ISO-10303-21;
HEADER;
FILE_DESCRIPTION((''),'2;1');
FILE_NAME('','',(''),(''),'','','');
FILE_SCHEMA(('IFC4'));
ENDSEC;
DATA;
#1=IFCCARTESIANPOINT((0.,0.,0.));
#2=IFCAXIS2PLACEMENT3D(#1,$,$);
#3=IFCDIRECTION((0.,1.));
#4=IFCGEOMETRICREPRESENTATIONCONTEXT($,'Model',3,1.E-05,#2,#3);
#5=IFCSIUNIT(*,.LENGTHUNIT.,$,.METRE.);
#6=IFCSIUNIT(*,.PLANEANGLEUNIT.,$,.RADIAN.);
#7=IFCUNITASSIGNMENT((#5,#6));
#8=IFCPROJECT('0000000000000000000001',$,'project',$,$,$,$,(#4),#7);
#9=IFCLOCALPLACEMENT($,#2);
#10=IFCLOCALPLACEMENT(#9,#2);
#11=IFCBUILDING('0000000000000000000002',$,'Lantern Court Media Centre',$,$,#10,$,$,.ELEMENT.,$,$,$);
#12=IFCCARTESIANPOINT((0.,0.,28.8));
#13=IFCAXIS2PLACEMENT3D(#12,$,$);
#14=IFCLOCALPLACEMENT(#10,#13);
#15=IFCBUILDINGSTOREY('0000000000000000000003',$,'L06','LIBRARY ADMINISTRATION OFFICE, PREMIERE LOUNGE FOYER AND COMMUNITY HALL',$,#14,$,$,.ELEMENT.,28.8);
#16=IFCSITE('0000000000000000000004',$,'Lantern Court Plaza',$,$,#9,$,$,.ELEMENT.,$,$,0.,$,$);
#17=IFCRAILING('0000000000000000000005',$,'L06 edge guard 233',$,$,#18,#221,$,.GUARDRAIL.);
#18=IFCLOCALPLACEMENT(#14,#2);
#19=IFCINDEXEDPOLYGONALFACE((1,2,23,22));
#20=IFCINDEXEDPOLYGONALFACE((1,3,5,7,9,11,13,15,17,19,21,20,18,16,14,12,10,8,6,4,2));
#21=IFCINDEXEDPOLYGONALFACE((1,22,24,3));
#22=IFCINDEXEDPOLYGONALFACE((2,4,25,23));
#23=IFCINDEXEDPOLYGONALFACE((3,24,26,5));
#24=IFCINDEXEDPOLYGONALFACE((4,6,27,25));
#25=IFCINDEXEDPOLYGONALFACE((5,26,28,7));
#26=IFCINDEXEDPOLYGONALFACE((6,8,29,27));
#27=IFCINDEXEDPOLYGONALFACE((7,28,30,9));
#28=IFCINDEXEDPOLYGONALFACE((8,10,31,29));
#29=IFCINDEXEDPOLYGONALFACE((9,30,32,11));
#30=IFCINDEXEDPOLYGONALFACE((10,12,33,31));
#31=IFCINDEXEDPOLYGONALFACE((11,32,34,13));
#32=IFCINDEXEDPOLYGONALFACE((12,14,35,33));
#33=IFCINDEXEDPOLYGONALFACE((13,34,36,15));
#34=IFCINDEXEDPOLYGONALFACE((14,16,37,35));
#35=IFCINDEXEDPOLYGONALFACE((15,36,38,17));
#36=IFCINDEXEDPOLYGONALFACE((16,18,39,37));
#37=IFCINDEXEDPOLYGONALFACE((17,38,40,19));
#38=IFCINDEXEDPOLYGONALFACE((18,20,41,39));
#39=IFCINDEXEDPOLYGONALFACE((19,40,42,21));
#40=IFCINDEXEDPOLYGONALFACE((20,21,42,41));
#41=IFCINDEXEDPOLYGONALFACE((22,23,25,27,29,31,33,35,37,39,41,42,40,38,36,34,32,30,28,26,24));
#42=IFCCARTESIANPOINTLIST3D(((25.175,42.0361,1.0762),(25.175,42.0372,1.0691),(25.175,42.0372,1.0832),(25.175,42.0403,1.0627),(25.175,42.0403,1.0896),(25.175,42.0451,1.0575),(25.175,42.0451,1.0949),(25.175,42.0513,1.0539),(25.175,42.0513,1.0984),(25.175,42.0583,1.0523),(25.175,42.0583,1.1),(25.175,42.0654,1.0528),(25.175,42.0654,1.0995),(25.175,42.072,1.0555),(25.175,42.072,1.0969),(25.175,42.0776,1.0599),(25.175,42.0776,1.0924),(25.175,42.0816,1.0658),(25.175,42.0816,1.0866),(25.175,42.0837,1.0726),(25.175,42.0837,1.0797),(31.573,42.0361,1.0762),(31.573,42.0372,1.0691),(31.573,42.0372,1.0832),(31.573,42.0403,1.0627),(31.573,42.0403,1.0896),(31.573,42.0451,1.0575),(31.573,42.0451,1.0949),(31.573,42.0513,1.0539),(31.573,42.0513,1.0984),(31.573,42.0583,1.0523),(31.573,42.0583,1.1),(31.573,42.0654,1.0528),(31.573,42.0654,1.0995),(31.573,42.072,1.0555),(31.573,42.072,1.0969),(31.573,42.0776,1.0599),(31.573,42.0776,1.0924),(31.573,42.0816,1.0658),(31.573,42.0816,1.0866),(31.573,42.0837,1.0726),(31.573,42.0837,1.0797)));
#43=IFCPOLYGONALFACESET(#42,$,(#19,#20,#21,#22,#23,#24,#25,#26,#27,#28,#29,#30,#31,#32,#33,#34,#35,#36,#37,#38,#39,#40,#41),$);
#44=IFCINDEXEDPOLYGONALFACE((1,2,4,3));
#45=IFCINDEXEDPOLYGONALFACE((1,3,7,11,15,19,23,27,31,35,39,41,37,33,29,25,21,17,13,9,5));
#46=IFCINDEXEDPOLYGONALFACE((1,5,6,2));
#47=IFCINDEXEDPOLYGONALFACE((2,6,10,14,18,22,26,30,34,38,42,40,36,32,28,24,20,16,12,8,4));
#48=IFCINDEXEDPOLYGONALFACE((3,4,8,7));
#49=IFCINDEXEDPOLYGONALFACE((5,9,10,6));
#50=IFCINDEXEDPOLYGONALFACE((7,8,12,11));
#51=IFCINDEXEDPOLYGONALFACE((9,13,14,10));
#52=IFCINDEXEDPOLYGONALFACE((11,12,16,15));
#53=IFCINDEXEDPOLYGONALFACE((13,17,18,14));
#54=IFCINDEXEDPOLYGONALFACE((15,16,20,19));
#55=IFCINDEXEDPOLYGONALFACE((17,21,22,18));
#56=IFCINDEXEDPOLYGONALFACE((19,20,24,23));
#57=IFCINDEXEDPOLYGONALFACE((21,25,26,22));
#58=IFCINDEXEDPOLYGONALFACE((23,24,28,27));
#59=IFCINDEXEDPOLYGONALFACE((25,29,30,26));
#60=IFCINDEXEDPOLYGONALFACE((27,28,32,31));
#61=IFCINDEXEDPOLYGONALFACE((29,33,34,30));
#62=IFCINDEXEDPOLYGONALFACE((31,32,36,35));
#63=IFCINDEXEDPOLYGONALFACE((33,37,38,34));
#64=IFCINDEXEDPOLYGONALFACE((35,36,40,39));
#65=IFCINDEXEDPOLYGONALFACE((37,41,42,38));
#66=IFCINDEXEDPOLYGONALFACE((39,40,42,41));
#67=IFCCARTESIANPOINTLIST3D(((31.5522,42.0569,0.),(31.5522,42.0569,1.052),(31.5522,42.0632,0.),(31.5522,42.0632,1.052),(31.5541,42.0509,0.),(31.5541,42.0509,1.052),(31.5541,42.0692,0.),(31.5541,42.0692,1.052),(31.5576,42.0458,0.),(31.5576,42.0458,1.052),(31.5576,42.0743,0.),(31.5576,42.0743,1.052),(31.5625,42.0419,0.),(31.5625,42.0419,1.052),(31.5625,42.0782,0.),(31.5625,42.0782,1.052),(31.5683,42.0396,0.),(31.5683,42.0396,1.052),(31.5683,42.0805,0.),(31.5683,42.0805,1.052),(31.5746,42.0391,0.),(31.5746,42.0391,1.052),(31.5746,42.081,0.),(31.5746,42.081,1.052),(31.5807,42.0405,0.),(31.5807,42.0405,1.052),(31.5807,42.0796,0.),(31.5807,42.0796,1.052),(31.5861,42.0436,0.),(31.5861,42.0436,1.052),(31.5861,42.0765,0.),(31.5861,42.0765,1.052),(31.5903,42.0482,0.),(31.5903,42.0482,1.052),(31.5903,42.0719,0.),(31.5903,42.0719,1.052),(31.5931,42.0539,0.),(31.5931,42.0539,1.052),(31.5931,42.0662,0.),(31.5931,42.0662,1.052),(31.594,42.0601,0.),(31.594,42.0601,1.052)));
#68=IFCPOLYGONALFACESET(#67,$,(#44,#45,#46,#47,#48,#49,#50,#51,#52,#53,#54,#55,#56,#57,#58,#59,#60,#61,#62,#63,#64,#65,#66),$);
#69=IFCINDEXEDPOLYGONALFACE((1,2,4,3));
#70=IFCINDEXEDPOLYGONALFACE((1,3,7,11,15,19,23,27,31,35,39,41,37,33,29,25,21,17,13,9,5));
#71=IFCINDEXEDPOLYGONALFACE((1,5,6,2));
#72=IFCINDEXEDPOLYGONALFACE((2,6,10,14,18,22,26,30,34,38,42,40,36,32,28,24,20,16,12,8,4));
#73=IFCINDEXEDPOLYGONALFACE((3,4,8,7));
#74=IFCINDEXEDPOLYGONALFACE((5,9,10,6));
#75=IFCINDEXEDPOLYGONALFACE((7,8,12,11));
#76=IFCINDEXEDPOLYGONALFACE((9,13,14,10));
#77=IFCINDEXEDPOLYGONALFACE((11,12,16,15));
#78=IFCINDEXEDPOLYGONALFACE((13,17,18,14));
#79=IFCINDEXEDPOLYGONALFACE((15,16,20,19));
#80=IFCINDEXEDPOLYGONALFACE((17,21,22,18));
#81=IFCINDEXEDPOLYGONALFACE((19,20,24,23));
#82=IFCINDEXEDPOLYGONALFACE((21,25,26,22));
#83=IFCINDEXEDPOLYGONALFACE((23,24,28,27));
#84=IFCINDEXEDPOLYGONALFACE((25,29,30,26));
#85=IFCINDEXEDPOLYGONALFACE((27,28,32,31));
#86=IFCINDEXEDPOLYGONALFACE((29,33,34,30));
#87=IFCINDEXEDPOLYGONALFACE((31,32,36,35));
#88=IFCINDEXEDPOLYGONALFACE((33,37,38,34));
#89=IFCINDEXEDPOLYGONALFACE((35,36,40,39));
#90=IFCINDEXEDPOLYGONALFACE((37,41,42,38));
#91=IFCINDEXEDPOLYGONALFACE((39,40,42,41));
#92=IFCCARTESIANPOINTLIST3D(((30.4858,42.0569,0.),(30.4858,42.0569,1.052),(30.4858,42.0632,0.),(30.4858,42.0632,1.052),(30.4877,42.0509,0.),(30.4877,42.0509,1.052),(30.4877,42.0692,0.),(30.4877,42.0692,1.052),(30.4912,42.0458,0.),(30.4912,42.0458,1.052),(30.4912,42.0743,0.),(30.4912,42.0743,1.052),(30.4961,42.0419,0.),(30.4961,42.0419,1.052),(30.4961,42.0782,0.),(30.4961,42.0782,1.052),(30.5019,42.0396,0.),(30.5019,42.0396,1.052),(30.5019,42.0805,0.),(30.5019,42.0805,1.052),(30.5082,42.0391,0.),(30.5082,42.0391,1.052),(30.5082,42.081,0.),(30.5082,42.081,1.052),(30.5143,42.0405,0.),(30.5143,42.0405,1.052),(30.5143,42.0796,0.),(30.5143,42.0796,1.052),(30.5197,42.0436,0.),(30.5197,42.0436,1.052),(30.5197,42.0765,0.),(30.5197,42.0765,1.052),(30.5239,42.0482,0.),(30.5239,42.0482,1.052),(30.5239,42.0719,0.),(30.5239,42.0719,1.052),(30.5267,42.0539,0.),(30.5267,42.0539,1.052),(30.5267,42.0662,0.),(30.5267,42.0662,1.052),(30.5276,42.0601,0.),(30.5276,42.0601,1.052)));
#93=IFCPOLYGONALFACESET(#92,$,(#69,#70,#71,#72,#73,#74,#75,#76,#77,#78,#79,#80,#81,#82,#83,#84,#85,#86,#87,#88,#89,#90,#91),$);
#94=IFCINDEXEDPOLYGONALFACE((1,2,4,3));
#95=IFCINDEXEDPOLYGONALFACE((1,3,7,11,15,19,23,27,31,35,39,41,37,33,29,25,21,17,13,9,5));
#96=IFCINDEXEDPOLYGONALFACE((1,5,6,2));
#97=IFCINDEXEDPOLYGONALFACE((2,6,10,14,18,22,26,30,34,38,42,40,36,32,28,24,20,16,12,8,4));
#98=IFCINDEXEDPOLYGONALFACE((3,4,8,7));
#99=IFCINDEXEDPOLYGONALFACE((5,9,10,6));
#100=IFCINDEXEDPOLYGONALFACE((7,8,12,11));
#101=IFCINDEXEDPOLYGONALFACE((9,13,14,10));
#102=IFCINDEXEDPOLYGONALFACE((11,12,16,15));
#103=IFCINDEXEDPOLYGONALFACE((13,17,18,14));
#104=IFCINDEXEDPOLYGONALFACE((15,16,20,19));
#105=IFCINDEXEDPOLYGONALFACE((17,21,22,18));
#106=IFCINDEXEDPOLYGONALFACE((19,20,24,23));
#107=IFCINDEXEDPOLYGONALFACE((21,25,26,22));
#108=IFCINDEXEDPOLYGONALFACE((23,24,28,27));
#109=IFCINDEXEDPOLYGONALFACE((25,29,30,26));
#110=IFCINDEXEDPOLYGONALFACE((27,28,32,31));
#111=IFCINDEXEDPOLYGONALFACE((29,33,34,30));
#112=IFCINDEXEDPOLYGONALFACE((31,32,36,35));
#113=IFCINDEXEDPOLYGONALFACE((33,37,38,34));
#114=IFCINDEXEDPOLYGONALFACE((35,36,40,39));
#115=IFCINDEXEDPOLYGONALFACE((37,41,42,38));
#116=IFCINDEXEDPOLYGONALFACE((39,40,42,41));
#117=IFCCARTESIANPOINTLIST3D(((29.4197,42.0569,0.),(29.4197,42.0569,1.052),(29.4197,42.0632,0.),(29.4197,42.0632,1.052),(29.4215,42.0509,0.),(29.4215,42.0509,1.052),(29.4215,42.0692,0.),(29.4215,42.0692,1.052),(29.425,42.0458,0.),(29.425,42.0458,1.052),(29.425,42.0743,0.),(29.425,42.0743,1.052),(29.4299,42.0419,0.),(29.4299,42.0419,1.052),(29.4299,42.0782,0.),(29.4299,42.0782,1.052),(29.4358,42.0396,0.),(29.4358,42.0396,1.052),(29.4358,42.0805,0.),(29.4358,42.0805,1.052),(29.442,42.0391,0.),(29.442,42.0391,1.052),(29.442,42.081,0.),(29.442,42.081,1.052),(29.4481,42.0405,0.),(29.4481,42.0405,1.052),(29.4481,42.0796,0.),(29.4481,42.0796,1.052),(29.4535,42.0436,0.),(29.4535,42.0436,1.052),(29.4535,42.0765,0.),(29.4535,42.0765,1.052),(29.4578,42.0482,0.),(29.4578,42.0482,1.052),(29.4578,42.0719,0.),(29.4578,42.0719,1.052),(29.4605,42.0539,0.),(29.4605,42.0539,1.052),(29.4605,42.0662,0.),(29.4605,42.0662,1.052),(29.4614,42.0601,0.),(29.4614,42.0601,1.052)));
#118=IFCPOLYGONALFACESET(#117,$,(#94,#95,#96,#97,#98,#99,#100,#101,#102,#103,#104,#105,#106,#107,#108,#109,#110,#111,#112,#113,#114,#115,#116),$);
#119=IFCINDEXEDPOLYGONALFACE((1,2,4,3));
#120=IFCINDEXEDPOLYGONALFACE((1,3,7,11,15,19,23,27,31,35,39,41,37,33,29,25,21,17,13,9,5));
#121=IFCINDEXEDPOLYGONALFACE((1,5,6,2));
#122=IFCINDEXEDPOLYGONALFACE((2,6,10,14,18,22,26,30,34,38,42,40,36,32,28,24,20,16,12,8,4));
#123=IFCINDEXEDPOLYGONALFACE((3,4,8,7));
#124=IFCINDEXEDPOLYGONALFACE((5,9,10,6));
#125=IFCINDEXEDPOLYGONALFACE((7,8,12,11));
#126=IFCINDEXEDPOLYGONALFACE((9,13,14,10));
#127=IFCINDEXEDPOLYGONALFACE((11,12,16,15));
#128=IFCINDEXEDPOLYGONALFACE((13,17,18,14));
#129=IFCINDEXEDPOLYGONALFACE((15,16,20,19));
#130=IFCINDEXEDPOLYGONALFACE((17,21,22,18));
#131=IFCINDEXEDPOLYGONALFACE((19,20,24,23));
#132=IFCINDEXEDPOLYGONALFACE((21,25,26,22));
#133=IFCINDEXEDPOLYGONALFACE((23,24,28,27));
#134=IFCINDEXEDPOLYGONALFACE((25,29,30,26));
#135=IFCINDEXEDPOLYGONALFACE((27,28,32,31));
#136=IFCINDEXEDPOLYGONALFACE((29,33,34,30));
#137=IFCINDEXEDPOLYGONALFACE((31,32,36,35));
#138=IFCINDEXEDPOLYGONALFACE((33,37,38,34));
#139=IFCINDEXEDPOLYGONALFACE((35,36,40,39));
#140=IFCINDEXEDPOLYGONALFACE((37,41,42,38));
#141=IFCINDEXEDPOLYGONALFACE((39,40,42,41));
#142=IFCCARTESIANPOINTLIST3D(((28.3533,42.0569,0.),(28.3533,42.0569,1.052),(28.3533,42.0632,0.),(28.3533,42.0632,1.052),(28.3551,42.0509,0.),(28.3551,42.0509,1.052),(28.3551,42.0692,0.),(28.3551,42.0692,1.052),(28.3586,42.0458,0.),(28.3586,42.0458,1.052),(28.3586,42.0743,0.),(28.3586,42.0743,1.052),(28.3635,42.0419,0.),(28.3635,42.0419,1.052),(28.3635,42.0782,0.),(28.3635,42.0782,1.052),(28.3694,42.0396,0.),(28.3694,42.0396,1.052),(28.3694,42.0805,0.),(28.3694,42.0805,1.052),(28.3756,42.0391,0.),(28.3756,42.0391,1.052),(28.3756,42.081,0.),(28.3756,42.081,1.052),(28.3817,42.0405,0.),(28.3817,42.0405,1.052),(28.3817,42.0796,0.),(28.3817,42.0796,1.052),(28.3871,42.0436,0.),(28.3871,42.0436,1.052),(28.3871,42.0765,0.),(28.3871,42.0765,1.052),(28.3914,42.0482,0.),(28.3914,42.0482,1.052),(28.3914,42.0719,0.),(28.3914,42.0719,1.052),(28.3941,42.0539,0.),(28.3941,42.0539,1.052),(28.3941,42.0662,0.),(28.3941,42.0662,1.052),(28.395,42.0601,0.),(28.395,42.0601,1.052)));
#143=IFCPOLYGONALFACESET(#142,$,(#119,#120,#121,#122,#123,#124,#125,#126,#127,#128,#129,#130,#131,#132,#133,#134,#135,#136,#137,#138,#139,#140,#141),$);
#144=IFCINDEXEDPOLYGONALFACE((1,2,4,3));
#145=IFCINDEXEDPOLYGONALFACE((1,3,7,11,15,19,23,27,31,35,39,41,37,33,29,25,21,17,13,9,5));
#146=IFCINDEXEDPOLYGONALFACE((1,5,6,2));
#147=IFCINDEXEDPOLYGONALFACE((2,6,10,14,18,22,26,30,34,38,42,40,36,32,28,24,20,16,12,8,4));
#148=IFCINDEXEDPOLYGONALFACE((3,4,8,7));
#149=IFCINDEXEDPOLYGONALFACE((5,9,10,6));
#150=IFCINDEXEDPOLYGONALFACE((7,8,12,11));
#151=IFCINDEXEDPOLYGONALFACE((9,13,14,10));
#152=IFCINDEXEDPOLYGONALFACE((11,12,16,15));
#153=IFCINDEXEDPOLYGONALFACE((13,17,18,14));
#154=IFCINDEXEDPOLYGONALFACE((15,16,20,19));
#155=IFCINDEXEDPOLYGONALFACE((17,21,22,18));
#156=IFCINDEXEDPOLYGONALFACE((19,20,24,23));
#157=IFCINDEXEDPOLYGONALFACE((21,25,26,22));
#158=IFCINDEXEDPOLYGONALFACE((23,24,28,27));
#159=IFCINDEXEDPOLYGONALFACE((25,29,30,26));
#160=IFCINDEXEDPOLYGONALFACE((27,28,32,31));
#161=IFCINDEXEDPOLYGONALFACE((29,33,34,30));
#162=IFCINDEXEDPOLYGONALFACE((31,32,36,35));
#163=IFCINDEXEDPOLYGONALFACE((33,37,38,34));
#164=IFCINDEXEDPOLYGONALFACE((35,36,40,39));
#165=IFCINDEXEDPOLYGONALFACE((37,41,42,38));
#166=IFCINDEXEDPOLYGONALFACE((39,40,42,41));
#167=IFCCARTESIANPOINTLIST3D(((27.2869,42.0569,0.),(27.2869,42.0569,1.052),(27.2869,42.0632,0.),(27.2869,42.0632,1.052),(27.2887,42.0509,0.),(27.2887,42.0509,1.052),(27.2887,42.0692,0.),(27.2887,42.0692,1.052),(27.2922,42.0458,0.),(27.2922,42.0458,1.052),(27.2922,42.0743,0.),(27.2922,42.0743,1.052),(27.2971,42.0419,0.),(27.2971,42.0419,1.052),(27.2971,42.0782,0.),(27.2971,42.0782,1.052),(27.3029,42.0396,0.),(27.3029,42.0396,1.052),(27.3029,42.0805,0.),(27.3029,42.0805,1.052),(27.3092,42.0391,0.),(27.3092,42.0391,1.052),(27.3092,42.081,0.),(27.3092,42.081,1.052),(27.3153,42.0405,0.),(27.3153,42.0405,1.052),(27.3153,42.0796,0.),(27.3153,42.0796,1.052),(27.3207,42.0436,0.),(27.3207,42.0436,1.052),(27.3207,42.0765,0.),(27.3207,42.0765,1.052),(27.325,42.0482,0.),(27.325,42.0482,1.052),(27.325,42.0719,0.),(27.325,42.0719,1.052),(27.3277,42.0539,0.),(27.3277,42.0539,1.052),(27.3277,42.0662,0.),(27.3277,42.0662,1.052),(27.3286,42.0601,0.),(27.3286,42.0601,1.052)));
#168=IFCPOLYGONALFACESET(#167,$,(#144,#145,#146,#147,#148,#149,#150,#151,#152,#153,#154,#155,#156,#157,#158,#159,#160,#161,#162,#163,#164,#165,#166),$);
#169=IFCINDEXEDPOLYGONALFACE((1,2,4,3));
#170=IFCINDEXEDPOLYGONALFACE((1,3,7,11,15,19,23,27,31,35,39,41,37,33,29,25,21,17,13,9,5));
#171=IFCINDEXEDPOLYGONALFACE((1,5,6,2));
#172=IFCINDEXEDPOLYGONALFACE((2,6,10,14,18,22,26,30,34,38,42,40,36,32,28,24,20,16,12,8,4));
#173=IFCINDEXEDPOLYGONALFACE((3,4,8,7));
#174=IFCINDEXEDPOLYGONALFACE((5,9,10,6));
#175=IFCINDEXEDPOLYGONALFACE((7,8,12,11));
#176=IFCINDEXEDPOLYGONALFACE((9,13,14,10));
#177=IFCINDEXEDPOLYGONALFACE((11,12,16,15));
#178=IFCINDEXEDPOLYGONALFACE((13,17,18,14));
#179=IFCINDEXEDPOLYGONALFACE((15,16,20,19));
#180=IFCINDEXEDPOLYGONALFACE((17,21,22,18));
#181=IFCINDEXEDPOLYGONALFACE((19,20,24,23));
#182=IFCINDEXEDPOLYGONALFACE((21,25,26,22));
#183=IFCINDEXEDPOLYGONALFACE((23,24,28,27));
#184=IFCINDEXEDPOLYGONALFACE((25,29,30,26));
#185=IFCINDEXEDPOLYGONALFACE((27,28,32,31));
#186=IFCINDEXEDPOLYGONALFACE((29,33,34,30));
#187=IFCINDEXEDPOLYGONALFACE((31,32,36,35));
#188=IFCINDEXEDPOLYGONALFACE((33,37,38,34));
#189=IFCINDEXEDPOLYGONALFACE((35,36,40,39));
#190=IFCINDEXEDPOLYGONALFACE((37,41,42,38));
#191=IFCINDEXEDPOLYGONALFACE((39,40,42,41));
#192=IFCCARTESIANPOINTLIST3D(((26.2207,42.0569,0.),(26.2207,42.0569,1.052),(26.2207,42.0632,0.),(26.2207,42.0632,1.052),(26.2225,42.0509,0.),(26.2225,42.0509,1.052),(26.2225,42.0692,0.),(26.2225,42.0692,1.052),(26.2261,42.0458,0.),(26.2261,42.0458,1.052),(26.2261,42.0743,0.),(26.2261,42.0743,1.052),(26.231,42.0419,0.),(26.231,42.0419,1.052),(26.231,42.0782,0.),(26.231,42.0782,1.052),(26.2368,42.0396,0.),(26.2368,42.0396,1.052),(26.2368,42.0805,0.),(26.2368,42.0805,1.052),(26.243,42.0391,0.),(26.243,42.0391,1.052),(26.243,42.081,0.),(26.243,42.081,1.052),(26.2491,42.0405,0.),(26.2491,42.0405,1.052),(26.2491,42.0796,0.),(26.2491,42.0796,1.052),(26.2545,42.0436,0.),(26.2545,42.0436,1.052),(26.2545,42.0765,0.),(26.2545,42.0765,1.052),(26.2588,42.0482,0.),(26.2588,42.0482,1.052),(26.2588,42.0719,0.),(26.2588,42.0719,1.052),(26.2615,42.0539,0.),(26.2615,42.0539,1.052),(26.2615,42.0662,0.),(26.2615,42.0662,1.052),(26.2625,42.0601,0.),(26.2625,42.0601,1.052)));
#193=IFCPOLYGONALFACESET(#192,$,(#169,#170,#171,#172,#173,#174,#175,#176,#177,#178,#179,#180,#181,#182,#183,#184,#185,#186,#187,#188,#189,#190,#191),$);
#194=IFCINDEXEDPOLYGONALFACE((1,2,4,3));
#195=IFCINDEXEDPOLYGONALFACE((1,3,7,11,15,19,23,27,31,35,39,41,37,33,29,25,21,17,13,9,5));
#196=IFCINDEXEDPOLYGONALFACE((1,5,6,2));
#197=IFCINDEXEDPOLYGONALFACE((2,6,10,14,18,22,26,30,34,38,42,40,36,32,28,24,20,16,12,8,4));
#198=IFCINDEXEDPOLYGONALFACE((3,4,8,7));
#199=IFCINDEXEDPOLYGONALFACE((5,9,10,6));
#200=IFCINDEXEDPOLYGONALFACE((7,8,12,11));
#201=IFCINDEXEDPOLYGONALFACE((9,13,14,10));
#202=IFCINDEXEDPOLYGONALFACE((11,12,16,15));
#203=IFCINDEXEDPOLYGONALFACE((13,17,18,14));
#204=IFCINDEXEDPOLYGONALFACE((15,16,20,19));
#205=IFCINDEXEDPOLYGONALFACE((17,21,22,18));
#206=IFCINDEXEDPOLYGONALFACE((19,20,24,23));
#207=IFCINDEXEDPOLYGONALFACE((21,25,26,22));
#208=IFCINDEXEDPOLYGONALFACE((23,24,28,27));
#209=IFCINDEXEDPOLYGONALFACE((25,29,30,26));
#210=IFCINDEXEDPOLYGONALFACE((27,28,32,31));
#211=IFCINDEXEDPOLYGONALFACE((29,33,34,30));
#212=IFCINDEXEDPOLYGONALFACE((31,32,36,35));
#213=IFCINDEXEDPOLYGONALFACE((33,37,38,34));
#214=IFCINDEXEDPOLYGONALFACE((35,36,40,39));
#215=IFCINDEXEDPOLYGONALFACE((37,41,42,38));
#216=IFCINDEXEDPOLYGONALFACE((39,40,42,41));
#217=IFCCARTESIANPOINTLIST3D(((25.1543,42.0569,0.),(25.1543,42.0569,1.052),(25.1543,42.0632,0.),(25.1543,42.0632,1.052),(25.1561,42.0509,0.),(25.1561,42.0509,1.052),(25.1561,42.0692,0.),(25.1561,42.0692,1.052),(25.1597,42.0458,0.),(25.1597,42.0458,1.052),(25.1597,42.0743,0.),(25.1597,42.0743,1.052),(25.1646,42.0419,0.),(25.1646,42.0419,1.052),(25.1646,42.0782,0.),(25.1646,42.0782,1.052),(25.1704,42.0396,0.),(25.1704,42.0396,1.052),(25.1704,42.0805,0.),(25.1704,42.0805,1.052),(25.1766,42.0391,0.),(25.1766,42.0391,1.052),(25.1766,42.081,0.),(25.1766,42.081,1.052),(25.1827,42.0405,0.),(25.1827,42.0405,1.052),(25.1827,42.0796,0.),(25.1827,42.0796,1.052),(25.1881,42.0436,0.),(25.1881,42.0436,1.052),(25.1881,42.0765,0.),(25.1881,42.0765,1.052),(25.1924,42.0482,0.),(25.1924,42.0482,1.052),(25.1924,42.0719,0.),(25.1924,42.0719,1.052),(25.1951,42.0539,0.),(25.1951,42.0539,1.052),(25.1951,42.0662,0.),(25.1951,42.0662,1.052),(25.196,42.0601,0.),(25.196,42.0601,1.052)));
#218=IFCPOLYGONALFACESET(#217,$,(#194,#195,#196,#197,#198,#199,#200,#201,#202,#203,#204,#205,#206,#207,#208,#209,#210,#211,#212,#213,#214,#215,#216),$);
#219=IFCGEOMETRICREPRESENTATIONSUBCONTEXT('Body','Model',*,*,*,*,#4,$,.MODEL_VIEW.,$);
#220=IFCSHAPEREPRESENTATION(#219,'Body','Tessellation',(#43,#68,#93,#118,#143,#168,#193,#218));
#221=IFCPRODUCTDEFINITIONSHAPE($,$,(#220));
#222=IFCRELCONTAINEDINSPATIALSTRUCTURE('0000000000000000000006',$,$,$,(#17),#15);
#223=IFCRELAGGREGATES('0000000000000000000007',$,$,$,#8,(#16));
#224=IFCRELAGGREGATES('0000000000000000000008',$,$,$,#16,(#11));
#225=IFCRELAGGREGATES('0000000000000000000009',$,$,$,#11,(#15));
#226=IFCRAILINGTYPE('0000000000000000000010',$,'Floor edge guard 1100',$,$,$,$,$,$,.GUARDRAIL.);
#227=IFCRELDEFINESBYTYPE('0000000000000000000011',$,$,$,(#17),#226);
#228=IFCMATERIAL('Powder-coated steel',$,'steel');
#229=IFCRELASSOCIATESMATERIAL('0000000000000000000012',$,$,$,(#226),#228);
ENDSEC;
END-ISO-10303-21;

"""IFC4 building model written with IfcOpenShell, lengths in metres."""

from ifc_helpers import new_model, si_unit, direction, frame, origin, origin_2d, place, context, subcontext, project, spatial, circle, extrude, material, type_object, element, save


model = new_model("IFC4")

# Units and contexts
model_context = context("Model", 3, precision=1e-05, world=origin(), true_north=direction((0.0, 1.0)))
body_context = subcontext(model_context, "Body", "Model", "MODEL_VIEW")
ifc_project = project(units=[si_unit("LENGTHUNIT", "METRE"), si_unit("PLANEANGLEUNIT", "RADIAN")], contexts=[model_context])

# Site, building, storey
site_placement = place(None, origin())
site = spatial("IfcSite", under=ifc_project, at=site_placement, Name="Lantern Court Plaza", CompositionType="ELEMENT", RefElevation=0.0)
building_placement = place(site_placement, origin())
building = spatial("IfcBuilding", under=site, at=building_placement, Name="Lantern Court Media Centre", CompositionType="ELEMENT")
storey_placement = place(building_placement, frame((0.0, 0.0, 28.8)))
storey = spatial("IfcBuildingStorey", under=building, at=storey_placement, Name="L06", Description="LIBRARY ADMINISTRATION OFFICE, PREMIERE LOUNGE FOYER AND COMMUNITY HALL", CompositionType="ELEMENT", Elevation=28.8)

# Railing
ifc_material_1 = material(Name="Powder-coated steel", Category="steel")
railing_type = type_object("IfcRailingType", Name="Floor edge guard 1100", PredefinedType="GUARDRAIL", material=ifc_material_1)
railing_1_placement = place(storey_placement, frame((31.573, 42.0601, 0.0)))
element("IfcRailing", 1, at=railing_1_placement, inside=storey, type_object=railing_type, Name="L06 edge guard 233", PredefinedType="GUARDRAIL", context=body_context, shape_type="SweptSolid", body=[
    extrude(circle(Radius=0.0239, at=origin_2d()), frame((0.0, 0.0, 1.0762), z_axis=(-1.0, 0.0, 0.0), x_axis=(0.0, -1.0, 0.0)), (0.0, 0.0, 1.0), 6.3979),
    extrude(circle(Radius=0.021, at=origin_2d()), origin(), (0.0, 0.0, 1.0), 1.052),
    extrude(circle(Radius=0.021, at=origin_2d()), frame((-1.0664, 0.0, 0.0)), (0.0, 0.0, 1.0), 1.052),
    extrude(circle(Radius=0.021, at=origin_2d()), frame((-2.1326, 0.0, 0.0)), (0.0, 0.0, 1.0), 1.052),
    extrude(circle(Radius=0.021, at=origin_2d()), frame((-3.199, 0.0, 0.0)), (0.0, 0.0, 1.0), 1.052),
    extrude(circle(Radius=0.021, at=origin_2d()), frame((-4.2654, 0.0, 0.0)), (0.0, 0.0, 1.0), 1.052),
    extrude(circle(Radius=0.021, at=origin_2d()), frame((-5.3315, 0.0, 0.0)), (0.0, 0.0, 1.0), 1.052),
    extrude(circle(Radius=0.021, at=origin_2d()), frame((-6.3979, 0.0, 0.0)), (0.0, 0.0, 1.0), 1.052),
])

save(model, "model.ifc")
